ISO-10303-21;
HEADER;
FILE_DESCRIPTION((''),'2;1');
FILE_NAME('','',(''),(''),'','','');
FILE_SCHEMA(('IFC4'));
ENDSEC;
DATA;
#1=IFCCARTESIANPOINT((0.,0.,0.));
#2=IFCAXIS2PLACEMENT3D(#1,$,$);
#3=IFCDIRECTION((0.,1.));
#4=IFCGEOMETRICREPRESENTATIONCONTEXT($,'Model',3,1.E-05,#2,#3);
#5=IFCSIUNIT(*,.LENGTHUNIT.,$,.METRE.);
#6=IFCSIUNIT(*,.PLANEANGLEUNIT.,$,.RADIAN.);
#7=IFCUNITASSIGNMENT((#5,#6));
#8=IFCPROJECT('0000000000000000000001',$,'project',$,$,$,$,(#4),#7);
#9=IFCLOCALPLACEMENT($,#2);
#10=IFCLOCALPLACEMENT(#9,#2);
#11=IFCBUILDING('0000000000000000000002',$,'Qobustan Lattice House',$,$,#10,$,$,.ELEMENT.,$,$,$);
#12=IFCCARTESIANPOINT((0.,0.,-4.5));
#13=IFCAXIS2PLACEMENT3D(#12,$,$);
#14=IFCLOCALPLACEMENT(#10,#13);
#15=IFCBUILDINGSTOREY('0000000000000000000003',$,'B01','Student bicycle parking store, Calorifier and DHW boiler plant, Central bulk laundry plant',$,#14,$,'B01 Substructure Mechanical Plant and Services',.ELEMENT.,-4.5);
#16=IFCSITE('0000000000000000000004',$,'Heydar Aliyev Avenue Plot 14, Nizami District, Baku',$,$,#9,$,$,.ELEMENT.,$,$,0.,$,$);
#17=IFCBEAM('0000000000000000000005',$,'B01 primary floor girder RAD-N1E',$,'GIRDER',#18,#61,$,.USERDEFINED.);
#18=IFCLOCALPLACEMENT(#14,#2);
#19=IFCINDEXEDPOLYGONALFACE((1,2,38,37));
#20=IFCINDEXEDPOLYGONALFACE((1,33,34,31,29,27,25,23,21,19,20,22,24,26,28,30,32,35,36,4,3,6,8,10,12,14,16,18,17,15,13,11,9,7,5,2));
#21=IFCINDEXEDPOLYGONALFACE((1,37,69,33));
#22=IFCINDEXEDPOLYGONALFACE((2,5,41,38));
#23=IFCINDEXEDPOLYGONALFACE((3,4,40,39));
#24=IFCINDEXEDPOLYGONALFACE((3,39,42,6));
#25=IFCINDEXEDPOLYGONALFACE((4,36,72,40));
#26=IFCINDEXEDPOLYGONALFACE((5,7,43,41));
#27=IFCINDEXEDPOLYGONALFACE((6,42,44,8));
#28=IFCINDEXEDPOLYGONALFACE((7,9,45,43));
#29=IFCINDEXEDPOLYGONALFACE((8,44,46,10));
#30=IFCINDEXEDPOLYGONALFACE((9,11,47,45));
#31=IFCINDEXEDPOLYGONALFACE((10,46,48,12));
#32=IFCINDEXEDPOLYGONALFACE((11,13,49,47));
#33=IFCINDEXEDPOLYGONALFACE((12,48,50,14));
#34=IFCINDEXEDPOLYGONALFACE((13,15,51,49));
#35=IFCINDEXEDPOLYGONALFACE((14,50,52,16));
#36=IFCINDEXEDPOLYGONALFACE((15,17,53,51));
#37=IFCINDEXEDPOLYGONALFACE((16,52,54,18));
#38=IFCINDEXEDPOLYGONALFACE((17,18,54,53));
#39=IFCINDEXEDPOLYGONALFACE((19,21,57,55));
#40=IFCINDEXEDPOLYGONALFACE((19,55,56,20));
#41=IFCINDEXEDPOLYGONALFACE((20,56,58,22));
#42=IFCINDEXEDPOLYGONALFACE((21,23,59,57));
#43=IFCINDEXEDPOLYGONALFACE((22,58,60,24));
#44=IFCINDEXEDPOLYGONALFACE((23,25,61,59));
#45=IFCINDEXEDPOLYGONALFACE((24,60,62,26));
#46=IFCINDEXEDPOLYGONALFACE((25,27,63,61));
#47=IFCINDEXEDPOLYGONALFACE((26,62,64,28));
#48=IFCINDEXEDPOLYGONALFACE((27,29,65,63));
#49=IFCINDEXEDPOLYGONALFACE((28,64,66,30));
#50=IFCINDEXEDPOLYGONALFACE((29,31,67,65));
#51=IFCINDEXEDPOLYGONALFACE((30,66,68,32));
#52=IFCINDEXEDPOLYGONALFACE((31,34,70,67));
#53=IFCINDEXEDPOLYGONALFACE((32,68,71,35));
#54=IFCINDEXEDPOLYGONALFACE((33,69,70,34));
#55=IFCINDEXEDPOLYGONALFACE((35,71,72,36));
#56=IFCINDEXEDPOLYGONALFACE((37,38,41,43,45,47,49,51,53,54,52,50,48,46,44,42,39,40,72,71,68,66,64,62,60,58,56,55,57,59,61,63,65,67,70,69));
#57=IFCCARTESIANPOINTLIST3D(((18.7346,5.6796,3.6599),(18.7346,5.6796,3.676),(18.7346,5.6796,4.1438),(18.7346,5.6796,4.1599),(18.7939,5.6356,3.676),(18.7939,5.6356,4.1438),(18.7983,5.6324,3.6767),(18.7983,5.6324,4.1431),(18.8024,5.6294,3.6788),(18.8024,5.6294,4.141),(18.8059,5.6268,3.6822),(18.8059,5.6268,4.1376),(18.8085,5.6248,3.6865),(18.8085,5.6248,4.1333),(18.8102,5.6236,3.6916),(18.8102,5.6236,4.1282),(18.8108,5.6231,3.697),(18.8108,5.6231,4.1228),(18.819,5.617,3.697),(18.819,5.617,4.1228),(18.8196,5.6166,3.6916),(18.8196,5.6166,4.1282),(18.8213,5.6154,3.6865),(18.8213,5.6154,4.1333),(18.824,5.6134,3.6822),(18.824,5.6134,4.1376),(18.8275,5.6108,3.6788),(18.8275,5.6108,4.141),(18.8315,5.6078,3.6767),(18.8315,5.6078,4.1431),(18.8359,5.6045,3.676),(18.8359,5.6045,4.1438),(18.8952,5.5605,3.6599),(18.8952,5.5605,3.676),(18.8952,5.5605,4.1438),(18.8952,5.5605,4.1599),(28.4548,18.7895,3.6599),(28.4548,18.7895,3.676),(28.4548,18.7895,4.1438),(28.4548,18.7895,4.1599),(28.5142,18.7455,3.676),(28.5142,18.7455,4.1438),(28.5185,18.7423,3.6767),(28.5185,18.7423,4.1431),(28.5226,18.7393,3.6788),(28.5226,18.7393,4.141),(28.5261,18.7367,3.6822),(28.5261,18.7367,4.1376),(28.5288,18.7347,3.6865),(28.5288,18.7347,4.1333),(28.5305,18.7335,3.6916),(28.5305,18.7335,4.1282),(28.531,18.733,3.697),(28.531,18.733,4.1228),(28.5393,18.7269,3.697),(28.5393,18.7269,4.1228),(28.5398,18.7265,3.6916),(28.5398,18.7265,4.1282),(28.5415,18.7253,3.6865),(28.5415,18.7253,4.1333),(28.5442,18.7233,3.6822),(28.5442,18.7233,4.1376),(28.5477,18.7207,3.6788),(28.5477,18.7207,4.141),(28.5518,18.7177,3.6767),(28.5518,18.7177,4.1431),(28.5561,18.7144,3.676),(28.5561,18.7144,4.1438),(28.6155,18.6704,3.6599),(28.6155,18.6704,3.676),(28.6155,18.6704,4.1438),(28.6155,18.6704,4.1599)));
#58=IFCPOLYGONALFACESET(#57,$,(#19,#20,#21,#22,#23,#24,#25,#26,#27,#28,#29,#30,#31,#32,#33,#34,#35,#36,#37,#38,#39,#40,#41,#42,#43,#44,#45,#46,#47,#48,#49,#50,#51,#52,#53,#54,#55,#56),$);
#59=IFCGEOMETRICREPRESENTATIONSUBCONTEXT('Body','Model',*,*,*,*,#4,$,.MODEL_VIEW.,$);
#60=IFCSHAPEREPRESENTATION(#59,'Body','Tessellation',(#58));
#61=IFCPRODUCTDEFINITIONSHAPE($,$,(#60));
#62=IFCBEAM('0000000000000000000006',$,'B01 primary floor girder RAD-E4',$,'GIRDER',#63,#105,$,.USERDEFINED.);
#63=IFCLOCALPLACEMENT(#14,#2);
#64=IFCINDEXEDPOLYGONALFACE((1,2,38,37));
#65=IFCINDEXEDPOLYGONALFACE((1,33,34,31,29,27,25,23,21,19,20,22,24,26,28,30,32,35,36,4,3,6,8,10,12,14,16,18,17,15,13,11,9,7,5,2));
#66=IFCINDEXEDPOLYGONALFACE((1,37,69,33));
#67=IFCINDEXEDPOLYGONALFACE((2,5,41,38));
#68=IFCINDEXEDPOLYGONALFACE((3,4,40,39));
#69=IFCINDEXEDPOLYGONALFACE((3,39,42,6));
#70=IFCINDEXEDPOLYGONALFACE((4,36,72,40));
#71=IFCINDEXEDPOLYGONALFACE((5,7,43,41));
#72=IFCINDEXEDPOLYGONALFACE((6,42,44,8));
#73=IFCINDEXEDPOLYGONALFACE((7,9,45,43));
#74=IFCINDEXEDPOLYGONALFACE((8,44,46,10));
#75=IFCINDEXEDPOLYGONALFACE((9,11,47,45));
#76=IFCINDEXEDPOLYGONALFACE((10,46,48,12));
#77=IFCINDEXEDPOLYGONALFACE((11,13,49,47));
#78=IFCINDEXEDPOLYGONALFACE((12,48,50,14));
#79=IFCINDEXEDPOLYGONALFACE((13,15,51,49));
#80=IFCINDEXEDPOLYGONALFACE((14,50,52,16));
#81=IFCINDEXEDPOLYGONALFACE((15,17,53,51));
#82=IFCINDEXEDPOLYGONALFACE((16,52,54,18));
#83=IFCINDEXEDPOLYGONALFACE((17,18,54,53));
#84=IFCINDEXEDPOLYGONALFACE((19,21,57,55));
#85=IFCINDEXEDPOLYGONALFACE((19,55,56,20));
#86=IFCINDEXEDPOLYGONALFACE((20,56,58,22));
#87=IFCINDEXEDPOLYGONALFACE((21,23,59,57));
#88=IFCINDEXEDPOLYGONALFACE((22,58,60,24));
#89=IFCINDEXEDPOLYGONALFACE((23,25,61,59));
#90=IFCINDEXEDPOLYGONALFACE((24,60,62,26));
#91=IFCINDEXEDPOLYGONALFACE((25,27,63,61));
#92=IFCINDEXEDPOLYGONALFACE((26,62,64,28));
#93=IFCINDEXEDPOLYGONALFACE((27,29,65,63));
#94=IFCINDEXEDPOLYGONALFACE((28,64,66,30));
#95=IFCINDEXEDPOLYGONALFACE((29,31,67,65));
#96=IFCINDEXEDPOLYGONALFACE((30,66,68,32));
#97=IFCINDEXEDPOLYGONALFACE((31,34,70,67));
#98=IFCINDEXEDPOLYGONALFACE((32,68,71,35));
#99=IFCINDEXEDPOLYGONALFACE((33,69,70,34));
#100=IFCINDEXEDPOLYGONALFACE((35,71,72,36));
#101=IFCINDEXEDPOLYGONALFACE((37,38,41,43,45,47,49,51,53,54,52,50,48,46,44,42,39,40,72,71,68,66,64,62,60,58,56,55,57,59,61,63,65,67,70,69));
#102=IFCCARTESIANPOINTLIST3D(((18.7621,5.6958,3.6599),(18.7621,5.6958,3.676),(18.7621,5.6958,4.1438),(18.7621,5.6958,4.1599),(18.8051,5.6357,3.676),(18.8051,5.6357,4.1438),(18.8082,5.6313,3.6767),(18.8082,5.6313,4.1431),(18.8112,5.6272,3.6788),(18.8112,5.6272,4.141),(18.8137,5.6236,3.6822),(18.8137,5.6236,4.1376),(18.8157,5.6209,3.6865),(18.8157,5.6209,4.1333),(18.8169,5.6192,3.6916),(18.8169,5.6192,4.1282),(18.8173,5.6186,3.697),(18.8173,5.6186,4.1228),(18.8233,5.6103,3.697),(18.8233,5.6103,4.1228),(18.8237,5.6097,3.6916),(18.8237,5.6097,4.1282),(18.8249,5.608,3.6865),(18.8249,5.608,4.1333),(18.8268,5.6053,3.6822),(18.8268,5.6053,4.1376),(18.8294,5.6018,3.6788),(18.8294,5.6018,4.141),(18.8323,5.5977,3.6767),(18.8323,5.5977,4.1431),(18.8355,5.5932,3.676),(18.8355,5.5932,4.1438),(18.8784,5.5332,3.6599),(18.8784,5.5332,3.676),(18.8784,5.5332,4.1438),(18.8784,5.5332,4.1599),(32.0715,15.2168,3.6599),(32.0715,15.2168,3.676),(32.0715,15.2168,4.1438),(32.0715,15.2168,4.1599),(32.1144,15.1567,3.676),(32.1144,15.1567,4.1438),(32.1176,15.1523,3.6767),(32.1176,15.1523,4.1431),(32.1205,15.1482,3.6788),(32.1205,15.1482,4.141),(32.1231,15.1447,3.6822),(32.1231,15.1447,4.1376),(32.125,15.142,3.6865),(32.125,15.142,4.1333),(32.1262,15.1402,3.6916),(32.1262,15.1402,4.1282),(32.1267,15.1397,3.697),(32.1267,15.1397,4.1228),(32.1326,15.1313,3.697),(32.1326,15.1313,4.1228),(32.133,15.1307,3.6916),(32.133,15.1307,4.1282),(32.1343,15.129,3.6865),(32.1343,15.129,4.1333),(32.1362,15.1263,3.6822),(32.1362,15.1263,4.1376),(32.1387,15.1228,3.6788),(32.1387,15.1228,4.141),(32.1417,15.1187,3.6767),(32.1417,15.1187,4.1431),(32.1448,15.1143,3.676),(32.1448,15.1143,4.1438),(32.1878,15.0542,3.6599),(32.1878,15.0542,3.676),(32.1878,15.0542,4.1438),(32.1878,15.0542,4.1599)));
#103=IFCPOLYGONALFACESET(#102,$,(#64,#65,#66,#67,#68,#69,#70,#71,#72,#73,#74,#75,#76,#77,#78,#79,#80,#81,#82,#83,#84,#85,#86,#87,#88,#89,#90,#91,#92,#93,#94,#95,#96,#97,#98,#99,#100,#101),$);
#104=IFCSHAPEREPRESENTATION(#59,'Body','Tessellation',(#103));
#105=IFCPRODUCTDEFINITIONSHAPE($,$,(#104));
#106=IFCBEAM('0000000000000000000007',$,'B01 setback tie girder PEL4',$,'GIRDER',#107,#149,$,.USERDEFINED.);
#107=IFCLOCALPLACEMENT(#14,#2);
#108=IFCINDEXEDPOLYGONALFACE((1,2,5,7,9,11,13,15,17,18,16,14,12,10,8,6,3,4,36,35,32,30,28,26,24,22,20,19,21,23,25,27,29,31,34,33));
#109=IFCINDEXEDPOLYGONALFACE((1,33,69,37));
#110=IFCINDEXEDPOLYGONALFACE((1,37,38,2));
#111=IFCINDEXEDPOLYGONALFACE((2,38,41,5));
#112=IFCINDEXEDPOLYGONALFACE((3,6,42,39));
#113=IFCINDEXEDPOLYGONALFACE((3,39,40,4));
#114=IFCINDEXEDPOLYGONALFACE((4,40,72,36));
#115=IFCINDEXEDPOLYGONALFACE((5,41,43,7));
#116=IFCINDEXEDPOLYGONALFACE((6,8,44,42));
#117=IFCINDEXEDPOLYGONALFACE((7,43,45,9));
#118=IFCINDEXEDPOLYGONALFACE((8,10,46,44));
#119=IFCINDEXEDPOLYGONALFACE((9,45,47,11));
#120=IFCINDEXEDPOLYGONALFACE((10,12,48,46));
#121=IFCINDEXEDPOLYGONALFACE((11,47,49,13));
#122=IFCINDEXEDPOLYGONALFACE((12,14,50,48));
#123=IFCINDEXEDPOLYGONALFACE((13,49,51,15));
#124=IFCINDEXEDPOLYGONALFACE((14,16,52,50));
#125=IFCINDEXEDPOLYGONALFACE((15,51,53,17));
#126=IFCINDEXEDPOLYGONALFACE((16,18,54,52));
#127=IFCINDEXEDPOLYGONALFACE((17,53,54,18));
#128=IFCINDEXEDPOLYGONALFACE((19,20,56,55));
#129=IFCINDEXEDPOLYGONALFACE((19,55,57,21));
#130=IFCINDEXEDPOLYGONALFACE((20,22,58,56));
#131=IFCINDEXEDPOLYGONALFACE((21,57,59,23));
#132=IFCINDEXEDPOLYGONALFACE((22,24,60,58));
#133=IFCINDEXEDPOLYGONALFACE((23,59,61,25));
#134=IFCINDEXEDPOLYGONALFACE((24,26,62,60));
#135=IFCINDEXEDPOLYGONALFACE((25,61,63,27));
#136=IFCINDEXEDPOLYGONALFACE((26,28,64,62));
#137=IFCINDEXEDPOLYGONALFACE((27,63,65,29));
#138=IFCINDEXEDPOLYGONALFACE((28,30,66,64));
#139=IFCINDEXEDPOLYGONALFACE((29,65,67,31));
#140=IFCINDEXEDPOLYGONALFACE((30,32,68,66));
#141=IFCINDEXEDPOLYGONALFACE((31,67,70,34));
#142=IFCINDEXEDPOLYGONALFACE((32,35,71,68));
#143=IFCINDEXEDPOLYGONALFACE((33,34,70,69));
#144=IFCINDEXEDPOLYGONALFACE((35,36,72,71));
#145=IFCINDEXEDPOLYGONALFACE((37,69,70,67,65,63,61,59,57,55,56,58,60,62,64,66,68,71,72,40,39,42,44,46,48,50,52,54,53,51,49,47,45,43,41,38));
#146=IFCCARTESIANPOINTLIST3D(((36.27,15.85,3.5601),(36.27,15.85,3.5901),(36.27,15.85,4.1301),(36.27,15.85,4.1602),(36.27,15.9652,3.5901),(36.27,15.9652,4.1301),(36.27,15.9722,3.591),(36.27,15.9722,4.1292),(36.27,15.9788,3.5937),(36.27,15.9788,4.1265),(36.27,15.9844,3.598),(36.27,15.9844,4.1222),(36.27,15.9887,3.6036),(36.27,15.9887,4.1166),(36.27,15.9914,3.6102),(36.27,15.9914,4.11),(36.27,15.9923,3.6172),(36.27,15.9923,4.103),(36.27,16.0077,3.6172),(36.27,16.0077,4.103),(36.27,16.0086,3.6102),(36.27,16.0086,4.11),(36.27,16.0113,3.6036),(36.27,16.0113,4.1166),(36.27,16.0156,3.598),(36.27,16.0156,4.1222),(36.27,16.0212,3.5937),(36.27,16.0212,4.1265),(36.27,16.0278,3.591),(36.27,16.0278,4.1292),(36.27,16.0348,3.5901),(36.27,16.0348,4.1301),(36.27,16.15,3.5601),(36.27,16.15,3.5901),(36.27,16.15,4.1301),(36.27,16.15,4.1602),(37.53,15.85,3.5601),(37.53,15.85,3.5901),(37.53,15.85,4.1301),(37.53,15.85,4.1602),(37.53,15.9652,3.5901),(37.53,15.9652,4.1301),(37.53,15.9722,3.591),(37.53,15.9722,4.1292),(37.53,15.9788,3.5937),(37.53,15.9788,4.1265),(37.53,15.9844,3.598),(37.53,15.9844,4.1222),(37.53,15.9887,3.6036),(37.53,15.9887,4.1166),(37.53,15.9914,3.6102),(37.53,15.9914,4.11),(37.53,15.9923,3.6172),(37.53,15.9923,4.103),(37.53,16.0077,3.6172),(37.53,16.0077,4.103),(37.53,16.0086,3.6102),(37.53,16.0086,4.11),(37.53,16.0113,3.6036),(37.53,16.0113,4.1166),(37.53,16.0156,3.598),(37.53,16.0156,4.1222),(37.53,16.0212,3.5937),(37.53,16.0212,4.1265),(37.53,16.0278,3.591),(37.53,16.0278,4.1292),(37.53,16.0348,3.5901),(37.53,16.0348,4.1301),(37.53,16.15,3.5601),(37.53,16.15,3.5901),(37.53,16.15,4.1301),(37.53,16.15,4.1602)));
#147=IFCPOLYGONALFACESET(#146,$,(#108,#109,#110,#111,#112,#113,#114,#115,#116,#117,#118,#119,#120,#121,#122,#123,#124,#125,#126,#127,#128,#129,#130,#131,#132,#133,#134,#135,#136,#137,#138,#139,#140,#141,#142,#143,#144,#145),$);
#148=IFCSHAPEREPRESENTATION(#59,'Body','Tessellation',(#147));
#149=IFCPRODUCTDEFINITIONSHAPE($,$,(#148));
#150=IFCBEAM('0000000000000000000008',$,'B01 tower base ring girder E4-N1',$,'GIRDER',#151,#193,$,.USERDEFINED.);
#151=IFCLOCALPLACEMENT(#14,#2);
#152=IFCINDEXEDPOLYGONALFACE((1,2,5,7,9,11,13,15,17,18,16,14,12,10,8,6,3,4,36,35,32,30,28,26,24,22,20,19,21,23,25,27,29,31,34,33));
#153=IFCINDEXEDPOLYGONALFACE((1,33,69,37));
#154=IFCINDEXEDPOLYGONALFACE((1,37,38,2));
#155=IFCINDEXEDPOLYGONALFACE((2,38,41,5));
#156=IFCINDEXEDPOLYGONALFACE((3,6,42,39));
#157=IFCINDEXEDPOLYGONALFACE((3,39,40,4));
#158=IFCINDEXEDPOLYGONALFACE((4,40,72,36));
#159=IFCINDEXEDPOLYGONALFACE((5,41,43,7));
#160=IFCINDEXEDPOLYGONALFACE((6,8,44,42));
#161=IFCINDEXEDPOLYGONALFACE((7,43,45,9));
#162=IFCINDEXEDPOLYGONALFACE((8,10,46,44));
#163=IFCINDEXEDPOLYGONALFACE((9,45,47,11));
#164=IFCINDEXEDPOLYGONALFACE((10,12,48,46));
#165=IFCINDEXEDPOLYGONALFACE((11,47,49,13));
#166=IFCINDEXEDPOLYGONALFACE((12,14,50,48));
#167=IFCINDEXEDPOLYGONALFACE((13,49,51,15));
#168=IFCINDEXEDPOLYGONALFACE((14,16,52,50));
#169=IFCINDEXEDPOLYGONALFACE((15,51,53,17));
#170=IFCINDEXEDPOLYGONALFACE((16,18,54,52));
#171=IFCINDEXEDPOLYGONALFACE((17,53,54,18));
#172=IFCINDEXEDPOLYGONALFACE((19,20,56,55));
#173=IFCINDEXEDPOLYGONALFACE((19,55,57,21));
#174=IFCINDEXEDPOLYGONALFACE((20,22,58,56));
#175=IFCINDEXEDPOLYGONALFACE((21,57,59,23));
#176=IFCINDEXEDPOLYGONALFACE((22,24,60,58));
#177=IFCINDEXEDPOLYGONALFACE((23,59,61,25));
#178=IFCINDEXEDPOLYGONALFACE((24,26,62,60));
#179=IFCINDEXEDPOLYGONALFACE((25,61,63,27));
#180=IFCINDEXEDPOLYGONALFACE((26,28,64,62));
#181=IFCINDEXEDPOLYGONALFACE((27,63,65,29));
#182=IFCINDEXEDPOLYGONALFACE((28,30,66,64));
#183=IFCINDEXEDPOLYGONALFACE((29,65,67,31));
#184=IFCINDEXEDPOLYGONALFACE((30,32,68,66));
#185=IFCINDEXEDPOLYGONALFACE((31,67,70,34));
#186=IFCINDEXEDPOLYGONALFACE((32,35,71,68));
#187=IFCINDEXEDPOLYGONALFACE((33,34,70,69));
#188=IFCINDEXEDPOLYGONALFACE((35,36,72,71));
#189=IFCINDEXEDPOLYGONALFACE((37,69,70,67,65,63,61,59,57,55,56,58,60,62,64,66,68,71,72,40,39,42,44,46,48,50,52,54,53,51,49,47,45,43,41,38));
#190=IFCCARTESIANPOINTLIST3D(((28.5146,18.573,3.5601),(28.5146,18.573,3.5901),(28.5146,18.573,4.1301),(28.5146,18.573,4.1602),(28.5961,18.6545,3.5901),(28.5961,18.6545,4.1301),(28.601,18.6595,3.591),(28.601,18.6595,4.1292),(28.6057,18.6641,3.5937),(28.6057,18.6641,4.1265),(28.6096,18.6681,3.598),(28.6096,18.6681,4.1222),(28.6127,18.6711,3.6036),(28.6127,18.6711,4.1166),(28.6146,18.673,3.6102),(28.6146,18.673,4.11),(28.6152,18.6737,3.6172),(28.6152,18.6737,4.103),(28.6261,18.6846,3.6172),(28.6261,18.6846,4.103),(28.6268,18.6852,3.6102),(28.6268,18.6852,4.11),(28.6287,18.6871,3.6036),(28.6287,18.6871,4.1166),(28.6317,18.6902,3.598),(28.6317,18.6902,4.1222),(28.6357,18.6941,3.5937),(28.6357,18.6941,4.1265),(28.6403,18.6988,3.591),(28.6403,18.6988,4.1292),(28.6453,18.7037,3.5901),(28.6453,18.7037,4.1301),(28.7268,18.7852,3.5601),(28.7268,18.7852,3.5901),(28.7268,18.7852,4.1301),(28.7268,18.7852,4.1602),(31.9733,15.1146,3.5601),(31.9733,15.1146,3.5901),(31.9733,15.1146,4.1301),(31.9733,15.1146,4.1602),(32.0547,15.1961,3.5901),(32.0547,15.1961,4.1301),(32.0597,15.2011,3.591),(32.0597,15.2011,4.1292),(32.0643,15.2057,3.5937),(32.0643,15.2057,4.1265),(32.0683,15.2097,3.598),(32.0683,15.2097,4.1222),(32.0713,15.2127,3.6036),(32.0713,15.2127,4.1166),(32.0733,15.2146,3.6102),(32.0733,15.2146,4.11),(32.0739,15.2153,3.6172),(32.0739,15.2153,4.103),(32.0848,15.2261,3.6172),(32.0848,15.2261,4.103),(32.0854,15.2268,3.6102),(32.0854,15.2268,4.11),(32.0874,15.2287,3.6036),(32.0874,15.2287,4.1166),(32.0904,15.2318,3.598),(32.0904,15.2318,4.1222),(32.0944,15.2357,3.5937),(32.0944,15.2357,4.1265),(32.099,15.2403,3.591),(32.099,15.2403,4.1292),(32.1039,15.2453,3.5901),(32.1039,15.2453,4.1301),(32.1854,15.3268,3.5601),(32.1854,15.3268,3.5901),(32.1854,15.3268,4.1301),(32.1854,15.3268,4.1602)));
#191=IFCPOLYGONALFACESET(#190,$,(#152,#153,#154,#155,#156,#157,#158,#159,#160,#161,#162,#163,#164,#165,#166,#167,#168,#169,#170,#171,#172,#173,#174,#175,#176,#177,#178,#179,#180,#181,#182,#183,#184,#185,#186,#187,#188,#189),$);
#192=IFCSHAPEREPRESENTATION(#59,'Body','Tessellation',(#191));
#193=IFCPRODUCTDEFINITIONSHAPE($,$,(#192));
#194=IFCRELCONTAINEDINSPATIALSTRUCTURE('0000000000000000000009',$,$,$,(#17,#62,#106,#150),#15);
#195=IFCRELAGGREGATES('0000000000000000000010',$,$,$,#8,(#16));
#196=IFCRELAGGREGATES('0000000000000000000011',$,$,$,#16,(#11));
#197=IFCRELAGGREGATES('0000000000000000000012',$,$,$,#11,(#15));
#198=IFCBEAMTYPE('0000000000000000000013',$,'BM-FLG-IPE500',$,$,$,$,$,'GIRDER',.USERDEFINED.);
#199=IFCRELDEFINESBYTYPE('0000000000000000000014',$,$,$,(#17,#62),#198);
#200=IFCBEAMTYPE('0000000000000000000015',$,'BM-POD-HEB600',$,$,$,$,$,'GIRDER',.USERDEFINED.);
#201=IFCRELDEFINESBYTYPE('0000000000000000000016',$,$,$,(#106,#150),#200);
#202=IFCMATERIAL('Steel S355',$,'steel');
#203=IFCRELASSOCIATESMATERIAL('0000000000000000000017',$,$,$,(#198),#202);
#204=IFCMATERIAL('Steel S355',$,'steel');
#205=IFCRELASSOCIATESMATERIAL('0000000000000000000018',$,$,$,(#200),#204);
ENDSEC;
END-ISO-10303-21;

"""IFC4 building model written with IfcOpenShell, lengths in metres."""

from ifc_helpers import new_model, si_unit, direction, frame, origin, origin_2d, place, context, subcontext, project, spatial, i_section, extrude, material, material_profile, profile_set, type_object, element, save


model = new_model("IFC4")

# Units and contexts
model_context = context("Model", 3, precision=1e-05, world=origin(), true_north=direction((0.0, 1.0)))
body_context = subcontext(model_context, "Body", "Model", "MODEL_VIEW")
ifc_project = project(units=[si_unit("LENGTHUNIT", "METRE"), si_unit("PLANEANGLEUNIT", "RADIAN")], contexts=[model_context])

# Site, building, storey
site_placement = place(None, origin())
site = spatial("IfcSite", under=ifc_project, at=site_placement, Name="Heydar Aliyev Avenue Plot 14, Nizami District, Baku", CompositionType="ELEMENT", RefElevation=0.0)
building_placement = place(site_placement, origin())
building = spatial("IfcBuilding", under=site, at=building_placement, Name="Qobustan Lattice House", CompositionType="ELEMENT")
storey_placement = place(building_placement, frame((0.0, 0.0, -4.5)))
storey = spatial("IfcBuildingStorey", under=building, at=storey_placement, Name="B01", Description="Student bicycle parking store, Calorifier and DHW boiler plant, Central bulk laundry plant", LongName="B01 Substructure Mechanical Plant and Services", CompositionType="ELEMENT", Elevation=-4.5)

# Beams
ifc_material_1 = material(Name="Steel S355", Category="steel")
ifc_material_profile_1 = material_profile(ifc_material_1, i_section(OverallWidth=0.2, OverallDepth=0.5, WebThickness=0.0103, FlangeThickness=0.0161, FilletRadius=0.021, at=origin_2d()), Name="IPE500")
ifc_profile_set_1 = profile_set([ifc_material_profile_1], Name="Steel S355")
beam_type_1 = type_object("IfcBeamType", Name="BM-FLG-IPE500", ElementType="GIRDER", PredefinedType="USERDEFINED", material=ifc_profile_set_1)
beam_1_placement = place(storey_placement, frame((28.5352, 18.73, 3.9099), z_axis=(-0.595592, -0.803287, 0.0), x_axis=(0.803287, -0.595592, 0.0)))
element("IfcBeam", 1, at=beam_1_placement, inside=storey, type_object=beam_type_1, Name="B01 primary floor girder RAD-N1E", ObjectType="GIRDER", PredefinedType="USERDEFINED", context=body_context, shape_type="SweptSolid", body=[
    extrude(i_section(OverallWidth=0.2, OverallDepth=0.5, WebThickness=0.0103, FlangeThickness=0.0161, FilletRadius=0.021, at=origin_2d()), origin(), (0.0, 0.0, 1.0), 16.3203),
])
beam_2_placement = place(storey_placement, frame((32.1296, 15.1355, 3.9099), z_axis=(-0.813319, -0.581818, 0.0), x_axis=(0.581818, -0.813319, 0.0)))
element("IfcBeam", 2, at=beam_2_placement, inside=storey, type_object=beam_type_1, Name="B01 primary floor girder RAD-E4", ObjectType="GIRDER", PredefinedType="USERDEFINED", context=body_context, shape_type="SweptSolid", body=[
    extrude(i_section(OverallWidth=0.2, OverallDepth=0.5, WebThickness=0.0103, FlangeThickness=0.0161, FilletRadius=0.021, at=origin_2d()), origin(), (0.0, 0.0, 1.0), 16.3643),
])
ifc_material_2 = material(Name="Steel S355", Category="steel")
ifc_material_profile_2 = material_profile(ifc_material_2, i_section(OverallWidth=0.3, OverallDepth=0.6001, WebThickness=0.0154, FlangeThickness=0.03, FilletRadius=0.0271, at=origin_2d()), Name="HEB600")
ifc_profile_set_2 = profile_set([ifc_material_profile_2], Name="Steel S355")
beam_type_2 = type_object("IfcBeamType", Name="BM-POD-HEB600", ElementType="GIRDER", PredefinedType="USERDEFINED", material=ifc_profile_set_2)
beam_3_placement = place(storey_placement, frame((37.53, 16.0, 3.8601), z_axis=(-1.0, 0.0, 0.0), x_axis=(0.0, -1.0, 0.0)))
element("IfcBeam", 3, at=beam_3_placement, inside=storey, type_object=beam_type_2, Name="B01 setback tie girder PEL4", ObjectType="GIRDER", PredefinedType="USERDEFINED", context=body_context, shape_type="SweptSolid", body=[
    extrude(i_section(OverallWidth=0.3, OverallDepth=0.6001, WebThickness=0.0154, FlangeThickness=0.03, FilletRadius=0.0271, at=origin_2d()), origin(), (0.0, 0.0, 1.0), 1.26),
])
beam_4_placement = place(storey_placement, frame((32.0793, 15.2207, 3.8601), z_axis=(-0.707132, 0.707082, 0.0), x_axis=(-0.707082, -0.707132, 0.0)))
element("IfcBeam", 4, at=beam_4_placement, inside=storey, type_object=beam_type_2, Name="B01 tower base ring girder E4-N1", ObjectType="GIRDER", PredefinedType="USERDEFINED", context=body_context, shape_type="SweptSolid", body=[
    extrude(i_section(OverallWidth=0.3, OverallDepth=0.6001, WebThickness=0.0154, FlangeThickness=0.03, FilletRadius=0.0271, at=origin_2d()), origin(), (0.0, 0.0, 1.0), 4.8911),
])

save(model, "model.ifc")
